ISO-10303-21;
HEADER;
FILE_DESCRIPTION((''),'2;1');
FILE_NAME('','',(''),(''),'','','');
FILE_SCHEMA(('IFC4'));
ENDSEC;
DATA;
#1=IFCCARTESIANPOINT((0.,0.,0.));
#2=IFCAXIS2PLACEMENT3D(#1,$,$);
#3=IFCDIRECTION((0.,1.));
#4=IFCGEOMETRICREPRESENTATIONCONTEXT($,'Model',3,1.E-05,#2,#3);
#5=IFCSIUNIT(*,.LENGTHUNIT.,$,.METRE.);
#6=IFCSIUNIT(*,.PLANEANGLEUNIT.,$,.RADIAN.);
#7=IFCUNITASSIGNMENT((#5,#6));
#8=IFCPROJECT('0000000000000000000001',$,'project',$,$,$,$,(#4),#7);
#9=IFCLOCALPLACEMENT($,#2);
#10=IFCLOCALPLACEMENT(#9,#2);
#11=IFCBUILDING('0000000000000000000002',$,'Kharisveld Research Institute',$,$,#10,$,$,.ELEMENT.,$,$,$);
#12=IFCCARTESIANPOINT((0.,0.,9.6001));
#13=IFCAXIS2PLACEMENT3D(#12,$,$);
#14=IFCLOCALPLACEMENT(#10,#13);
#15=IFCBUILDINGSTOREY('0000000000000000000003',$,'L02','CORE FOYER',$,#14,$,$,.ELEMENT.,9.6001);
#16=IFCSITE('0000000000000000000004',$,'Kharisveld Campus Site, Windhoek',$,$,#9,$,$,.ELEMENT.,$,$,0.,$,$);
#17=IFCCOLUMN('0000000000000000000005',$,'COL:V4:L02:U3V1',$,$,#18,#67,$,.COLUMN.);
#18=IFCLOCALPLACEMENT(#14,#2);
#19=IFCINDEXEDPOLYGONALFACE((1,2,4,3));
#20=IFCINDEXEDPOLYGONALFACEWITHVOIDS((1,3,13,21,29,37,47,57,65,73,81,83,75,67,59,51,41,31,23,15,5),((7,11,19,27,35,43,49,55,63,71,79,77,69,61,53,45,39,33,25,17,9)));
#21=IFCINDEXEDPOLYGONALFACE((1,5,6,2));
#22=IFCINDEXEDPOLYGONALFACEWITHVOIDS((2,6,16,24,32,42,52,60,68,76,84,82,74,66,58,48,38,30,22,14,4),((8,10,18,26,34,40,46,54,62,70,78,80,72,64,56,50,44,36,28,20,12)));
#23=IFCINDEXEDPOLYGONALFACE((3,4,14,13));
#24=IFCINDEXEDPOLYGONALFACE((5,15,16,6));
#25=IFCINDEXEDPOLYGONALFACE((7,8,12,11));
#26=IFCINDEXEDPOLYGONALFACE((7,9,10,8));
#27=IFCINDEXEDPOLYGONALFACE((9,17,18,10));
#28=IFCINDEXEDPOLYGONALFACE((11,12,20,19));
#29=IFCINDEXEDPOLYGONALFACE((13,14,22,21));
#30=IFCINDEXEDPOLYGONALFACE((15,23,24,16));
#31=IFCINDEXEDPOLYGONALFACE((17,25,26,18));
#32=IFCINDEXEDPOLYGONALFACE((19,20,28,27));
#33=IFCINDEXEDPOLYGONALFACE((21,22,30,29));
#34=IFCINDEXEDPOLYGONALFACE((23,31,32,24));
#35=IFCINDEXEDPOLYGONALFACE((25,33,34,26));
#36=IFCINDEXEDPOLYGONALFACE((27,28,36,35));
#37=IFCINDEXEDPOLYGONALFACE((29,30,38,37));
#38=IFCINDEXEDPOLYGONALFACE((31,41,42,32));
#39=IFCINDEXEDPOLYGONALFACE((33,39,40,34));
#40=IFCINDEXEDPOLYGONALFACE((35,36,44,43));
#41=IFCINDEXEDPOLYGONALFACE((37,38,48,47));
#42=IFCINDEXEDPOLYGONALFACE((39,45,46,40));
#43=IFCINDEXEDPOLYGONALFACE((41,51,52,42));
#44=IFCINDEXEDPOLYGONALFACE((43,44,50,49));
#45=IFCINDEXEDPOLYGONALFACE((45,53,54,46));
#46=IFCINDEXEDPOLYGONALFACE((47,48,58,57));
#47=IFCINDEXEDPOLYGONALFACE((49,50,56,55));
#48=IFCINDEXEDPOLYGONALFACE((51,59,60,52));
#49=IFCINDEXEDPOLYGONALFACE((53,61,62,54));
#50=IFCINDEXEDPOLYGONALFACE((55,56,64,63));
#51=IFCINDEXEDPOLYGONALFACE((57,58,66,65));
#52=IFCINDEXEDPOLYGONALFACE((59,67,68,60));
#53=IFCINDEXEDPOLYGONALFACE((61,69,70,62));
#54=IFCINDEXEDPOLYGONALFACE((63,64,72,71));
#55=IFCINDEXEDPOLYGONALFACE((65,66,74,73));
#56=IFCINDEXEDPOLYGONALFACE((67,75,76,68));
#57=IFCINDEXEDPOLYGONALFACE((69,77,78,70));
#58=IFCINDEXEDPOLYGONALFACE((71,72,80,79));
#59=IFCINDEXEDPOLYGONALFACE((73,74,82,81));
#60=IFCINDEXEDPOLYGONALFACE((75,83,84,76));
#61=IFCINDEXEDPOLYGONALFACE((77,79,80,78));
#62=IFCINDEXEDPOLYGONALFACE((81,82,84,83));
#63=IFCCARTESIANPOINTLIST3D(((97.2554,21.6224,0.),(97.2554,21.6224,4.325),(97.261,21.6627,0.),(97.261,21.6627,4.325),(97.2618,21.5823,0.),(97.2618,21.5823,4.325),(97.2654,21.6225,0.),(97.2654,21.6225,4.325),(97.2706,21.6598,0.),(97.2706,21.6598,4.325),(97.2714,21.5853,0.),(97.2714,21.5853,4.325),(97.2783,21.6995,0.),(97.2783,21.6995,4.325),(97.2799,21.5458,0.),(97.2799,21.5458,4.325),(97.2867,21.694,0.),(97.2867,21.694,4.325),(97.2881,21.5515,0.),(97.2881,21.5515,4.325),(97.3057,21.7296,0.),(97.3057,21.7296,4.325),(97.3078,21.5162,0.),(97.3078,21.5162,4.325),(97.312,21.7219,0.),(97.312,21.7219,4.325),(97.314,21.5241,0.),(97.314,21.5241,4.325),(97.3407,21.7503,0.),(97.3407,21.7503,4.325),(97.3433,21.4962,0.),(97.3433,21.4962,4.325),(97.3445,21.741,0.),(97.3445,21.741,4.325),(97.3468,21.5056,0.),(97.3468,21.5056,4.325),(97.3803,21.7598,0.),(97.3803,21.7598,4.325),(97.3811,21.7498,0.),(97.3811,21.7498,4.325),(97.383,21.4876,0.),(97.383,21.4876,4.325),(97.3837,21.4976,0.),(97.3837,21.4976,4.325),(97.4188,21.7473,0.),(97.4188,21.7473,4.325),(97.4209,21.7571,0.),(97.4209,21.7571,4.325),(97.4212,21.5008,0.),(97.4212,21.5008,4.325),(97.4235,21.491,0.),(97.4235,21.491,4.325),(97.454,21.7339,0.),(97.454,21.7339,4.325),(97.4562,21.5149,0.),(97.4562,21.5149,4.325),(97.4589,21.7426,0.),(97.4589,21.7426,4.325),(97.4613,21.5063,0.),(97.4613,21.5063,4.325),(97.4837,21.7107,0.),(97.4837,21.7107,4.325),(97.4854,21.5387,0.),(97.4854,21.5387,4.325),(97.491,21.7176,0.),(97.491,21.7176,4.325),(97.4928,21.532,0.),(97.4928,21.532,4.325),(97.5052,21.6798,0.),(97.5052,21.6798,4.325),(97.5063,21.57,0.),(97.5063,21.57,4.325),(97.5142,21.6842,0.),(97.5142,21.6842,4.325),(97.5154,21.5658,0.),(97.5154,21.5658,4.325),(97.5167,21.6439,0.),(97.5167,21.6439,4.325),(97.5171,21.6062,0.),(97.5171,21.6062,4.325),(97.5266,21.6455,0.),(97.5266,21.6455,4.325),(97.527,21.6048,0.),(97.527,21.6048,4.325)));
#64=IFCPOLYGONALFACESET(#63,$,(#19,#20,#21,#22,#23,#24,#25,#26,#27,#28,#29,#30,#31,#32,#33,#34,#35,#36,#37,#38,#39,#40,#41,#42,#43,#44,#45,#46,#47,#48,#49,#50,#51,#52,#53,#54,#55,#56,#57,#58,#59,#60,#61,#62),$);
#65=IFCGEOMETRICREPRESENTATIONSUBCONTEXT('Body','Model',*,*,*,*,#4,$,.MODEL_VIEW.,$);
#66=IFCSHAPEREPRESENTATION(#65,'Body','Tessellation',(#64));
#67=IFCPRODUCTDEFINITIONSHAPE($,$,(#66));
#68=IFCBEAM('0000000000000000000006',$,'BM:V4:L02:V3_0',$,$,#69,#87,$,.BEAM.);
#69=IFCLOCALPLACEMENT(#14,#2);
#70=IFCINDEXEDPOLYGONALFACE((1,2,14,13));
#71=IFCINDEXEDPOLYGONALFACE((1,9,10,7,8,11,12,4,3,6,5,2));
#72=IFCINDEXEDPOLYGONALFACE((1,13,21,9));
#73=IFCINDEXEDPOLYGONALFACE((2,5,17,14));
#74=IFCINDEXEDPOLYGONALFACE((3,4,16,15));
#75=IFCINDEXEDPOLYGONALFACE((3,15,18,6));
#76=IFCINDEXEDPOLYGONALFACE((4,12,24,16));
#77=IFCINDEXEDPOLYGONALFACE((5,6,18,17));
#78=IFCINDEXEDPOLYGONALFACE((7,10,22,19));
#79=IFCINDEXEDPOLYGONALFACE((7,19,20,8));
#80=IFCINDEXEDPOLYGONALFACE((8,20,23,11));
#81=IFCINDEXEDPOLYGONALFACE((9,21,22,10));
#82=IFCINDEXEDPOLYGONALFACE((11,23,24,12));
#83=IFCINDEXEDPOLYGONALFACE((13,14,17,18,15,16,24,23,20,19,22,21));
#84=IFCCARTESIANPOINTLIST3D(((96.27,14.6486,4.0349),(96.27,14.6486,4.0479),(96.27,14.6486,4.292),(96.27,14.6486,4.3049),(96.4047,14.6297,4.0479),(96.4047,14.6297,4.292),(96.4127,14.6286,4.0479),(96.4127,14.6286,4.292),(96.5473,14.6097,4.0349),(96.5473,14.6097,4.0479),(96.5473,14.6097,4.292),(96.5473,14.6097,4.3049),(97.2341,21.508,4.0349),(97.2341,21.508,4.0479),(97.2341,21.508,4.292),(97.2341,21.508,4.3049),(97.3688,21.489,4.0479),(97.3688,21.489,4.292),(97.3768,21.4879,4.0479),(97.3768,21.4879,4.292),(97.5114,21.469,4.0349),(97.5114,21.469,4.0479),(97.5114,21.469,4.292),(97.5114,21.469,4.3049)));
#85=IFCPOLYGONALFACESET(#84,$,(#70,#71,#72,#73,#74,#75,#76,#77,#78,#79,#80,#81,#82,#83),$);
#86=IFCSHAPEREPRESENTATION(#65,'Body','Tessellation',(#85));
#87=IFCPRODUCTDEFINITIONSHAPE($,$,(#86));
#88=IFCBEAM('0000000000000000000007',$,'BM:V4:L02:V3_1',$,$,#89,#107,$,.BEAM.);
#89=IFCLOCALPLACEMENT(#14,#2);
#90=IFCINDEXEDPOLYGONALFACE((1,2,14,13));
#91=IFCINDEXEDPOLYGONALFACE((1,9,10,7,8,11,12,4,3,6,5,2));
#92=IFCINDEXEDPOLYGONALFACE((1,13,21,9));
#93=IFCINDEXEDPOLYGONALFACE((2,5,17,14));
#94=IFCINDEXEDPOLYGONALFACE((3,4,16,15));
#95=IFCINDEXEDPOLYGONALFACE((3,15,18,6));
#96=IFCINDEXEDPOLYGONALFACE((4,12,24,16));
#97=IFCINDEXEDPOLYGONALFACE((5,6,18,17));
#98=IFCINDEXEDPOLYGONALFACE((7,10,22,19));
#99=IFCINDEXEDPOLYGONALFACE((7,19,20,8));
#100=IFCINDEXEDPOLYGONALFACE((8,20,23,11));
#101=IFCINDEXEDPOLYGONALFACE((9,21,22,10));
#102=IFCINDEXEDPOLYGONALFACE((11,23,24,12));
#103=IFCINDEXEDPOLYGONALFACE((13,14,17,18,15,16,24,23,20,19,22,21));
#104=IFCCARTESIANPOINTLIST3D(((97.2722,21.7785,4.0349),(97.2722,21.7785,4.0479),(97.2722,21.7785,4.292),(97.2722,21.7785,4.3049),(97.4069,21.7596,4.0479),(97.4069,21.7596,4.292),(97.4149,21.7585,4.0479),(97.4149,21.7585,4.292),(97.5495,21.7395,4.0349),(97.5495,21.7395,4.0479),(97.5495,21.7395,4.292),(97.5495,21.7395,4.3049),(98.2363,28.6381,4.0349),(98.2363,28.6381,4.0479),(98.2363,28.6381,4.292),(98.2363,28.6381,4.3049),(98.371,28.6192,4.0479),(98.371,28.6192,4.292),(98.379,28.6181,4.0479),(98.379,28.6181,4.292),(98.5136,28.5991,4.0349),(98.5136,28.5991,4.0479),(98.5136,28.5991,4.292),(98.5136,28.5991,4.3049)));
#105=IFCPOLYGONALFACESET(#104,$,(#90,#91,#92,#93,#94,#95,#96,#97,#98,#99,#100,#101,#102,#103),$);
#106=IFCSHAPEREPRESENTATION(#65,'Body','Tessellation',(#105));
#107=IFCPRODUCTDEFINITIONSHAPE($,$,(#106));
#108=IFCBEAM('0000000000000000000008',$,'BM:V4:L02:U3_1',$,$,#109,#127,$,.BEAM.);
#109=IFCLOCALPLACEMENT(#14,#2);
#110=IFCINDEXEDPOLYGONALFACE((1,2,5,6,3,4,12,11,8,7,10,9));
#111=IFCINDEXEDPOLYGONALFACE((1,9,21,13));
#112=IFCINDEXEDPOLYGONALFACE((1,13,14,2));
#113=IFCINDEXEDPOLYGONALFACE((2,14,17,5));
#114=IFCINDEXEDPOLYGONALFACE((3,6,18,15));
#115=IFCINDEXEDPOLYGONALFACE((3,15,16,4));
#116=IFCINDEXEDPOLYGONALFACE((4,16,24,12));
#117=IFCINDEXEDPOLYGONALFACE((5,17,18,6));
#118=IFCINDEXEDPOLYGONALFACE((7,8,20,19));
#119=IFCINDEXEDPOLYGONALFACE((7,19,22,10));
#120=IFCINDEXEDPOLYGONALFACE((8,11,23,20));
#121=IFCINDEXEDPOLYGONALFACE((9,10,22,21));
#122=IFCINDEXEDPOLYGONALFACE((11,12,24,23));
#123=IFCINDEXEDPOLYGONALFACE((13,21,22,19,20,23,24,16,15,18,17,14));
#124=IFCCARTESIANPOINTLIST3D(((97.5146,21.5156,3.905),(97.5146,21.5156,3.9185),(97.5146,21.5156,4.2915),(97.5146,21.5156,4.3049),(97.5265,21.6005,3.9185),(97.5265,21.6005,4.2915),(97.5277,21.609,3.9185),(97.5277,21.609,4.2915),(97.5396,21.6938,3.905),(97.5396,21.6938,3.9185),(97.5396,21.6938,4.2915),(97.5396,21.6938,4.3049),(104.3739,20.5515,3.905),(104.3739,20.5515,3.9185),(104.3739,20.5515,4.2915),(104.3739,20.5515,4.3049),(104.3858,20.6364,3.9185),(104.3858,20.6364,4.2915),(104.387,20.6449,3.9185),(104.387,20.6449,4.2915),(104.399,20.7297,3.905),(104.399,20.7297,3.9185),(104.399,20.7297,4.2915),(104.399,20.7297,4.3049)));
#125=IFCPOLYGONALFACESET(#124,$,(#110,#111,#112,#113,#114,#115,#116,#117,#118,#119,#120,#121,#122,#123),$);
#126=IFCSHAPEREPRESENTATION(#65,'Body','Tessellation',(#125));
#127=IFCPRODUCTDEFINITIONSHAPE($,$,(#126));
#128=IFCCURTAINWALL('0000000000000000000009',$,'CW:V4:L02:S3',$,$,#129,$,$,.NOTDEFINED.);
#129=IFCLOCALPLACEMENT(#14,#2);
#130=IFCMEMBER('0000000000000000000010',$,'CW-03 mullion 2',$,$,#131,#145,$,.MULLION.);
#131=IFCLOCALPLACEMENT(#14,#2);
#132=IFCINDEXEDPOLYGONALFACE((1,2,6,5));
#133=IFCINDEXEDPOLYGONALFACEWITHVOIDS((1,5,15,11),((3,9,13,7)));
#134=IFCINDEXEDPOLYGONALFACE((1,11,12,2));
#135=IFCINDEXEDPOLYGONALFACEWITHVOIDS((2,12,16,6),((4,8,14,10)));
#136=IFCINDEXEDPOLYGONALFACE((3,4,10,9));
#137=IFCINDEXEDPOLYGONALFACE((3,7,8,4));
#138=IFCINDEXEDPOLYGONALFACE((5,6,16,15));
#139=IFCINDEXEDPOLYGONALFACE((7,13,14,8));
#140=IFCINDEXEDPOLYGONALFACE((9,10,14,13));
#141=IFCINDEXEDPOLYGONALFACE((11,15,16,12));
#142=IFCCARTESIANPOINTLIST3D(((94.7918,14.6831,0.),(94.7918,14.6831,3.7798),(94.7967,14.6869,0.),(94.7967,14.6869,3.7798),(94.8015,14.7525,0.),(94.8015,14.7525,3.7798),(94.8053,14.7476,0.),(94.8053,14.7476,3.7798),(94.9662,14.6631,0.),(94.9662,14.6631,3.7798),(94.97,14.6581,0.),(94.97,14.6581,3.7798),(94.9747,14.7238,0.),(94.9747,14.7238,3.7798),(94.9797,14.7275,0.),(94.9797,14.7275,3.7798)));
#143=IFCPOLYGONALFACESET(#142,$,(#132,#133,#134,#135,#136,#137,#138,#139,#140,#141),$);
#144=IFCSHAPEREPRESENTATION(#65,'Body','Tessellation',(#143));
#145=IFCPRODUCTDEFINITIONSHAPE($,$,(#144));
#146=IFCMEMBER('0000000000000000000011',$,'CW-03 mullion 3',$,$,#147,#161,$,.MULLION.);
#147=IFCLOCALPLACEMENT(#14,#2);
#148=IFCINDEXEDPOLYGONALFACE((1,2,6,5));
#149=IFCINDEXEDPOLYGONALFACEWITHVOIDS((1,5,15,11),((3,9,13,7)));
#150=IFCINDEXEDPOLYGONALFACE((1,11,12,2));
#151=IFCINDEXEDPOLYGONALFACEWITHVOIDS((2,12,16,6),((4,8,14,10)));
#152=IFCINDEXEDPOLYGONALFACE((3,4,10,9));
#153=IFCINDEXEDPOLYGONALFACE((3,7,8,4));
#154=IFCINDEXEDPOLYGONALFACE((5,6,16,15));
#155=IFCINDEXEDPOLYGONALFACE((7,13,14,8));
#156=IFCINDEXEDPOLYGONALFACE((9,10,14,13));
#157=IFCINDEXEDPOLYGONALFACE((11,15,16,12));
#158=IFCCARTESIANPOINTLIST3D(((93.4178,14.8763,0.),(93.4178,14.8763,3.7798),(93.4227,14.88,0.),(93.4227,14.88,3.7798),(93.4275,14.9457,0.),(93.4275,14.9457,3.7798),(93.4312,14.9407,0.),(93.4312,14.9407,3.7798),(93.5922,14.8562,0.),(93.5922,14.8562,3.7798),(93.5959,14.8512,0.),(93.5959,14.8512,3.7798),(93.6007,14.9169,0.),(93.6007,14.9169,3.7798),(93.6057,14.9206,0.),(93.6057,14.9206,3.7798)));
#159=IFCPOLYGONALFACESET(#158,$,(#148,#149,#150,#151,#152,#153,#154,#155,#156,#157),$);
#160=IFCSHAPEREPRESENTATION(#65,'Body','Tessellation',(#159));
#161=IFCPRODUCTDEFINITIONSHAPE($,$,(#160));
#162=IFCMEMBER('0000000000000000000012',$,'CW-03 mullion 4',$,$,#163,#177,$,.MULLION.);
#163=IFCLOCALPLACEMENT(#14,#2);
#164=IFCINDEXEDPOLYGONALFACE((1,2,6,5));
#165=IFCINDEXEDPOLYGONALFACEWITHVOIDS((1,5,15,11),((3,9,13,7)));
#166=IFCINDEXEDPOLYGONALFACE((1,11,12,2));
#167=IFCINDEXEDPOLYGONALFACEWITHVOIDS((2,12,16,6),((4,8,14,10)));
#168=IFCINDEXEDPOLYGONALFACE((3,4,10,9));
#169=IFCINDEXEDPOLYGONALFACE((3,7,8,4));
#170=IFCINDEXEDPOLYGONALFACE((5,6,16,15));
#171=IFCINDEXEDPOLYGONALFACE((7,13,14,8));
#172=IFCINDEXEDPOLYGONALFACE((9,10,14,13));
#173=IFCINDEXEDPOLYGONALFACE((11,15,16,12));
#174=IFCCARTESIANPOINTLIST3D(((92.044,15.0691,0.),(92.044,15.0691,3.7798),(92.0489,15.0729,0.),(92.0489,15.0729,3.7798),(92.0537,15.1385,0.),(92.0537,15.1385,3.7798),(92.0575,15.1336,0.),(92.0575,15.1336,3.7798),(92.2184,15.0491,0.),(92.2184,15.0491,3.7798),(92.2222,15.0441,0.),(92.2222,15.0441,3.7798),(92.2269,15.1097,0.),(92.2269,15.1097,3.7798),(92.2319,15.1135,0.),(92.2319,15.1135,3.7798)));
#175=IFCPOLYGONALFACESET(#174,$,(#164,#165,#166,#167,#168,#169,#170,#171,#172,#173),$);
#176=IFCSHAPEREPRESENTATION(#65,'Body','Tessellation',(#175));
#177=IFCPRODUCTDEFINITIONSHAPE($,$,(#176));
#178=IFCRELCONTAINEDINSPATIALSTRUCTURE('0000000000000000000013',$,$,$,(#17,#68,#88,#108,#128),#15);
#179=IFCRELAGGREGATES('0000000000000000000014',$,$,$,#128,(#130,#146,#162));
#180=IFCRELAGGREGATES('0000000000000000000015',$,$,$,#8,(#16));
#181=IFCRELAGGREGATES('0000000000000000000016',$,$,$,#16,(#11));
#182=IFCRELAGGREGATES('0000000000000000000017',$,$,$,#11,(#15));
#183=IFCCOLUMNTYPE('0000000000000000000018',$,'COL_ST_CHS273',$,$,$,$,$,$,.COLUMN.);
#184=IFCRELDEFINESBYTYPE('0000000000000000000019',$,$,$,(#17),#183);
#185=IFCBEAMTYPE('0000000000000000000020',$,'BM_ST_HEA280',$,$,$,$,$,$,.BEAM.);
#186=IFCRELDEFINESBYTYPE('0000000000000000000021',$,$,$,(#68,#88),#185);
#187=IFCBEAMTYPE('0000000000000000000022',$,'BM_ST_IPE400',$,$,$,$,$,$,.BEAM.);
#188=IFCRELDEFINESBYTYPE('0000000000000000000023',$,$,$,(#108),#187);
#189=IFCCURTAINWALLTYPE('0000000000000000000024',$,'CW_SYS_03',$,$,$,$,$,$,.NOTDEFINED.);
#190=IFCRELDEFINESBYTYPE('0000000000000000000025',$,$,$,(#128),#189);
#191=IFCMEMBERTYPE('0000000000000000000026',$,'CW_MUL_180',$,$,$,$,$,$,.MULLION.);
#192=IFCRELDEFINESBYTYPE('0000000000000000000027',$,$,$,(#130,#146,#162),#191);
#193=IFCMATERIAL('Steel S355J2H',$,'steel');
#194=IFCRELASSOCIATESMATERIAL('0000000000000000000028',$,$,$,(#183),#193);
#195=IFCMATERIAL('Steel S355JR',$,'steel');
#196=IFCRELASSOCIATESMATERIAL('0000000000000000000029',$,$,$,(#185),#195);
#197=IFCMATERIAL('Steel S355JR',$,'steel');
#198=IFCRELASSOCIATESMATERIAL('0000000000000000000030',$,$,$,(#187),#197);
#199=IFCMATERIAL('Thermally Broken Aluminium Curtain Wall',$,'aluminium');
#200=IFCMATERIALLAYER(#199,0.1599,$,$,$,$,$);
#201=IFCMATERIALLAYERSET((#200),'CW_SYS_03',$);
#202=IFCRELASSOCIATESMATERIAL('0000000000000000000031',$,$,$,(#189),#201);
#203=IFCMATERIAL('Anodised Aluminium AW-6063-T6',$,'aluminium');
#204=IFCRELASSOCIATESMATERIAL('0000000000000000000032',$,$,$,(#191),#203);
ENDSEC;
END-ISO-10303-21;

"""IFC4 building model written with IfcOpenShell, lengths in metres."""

from ifc_helpers import new_model, si_unit, direction, frame, origin, origin_2d, place, context, subcontext, project, spatial, hollow_rectangle, hollow_circle, i_section, extrude, material, layer, layer_set, material_profile, profile_set, type_object, element, aggregate, save


model = new_model("IFC4")

# Units and contexts
model_context = context("Model", 3, precision=1e-05, world=origin(), true_north=direction((0.0, 1.0)))
body_context = subcontext(model_context, "Body", "Model", "MODEL_VIEW")
ifc_project = project(units=[si_unit("LENGTHUNIT", "METRE"), si_unit("PLANEANGLEUNIT", "RADIAN")], contexts=[model_context])

# Site, building, storey
site_placement = place(None, origin())
site = spatial("IfcSite", under=ifc_project, at=site_placement, Name="Kharisveld Campus Site, Windhoek", CompositionType="ELEMENT", RefElevation=0.0)
building_placement = place(site_placement, origin())
building = spatial("IfcBuilding", under=site, at=building_placement, Name="Kharisveld Research Institute", CompositionType="ELEMENT")
storey_placement = place(building_placement, frame((0.0, 0.0, 9.6001)))
storey = spatial("IfcBuildingStorey", under=building, at=storey_placement, Name="L02", Description="CORE FOYER", CompositionType="ELEMENT", Elevation=9.6001)

# Column
ifc_material_1 = material(Name="Steel S355J2H", Category="steel")
ifc_material_profile_1 = material_profile(ifc_material_1, hollow_circle(Radius=0.1365, WallThickness=0.01, at=origin_2d()))
ifc_profile_set_1 = profile_set([ifc_material_profile_1], Name="Steel S355J2H")
column_type = type_object("IfcColumnType", Name="COL_ST_CHS273", PredefinedType="COLUMN", material=ifc_profile_set_1)
column_placement = place(storey_placement, frame((97.3918, 21.6238, 0.0), z_axis=(0.0, 0.0, 1.0), x_axis=(0.990268, -0.139173, 0.0)))
element("IfcColumn", 1, at=column_placement, inside=storey, type_object=column_type, Name="COL:V4:L02:U3V1", PredefinedType="COLUMN", context=body_context, shape_type="SweptSolid", body=[
    extrude(hollow_circle(Radius=0.1365, WallThickness=0.01, at=origin_2d()), origin(), (0.0, 0.0, 1.0), 4.325),
])

# Beams
ifc_material_2 = material(Name="Steel S355JR", Category="steel")
ifc_material_profile_2 = material_profile(ifc_material_2, i_section(OverallWidth=0.28, OverallDepth=0.27, WebThickness=0.0081, FlangeThickness=0.0129, at=origin_2d()))
ifc_profile_set_2 = profile_set([ifc_material_profile_2], Name="Steel S355JR")
beam_type_1 = type_object("IfcBeamType", Name="BM_ST_HEA280", PredefinedType="BEAM", material=ifc_profile_set_2)
beam_1_placement = place(storey_placement, frame((96.4087, 14.6292, 4.1699), z_axis=(0.139186, 0.990266, 0.0), x_axis=(-0.990266, 0.139186, 0.0)))
element("IfcBeam", 2, at=beam_1_placement, inside=storey, type_object=beam_type_1, Name="BM:V4:L02:V3_0", PredefinedType="BEAM", context=body_context, shape_type="SweptSolid", body=[
    extrude(i_section(OverallWidth=0.28, OverallDepth=0.27, WebThickness=0.0081, FlangeThickness=0.0129, at=origin_2d()), origin(), (0.0, 0.0, 1.0), 6.9268),
])
beam_2_placement = place(storey_placement, frame((97.4109, 21.759, 4.1699), z_axis=(0.139181, 0.990267, 0.0), x_axis=(-0.990267, 0.139181, 0.0)))
element("IfcBeam", 3, at=beam_2_placement, inside=storey, type_object=beam_type_1, Name="BM:V4:L02:V3_1", PredefinedType="BEAM", context=body_context, shape_type="SweptSolid", body=[
    extrude(i_section(OverallWidth=0.28, OverallDepth=0.27, WebThickness=0.0081, FlangeThickness=0.0129, at=origin_2d()), origin(), (0.0, 0.0, 1.0), 6.927),
])
ifc_material_3 = material(Name="Steel S355JR", Category="steel")
ifc_material_profile_3 = material_profile(ifc_material_3, i_section(OverallWidth=0.1799, OverallDepth=0.3999, WebThickness=0.0085, FlangeThickness=0.0134, at=origin_2d()))
ifc_profile_set_3 = profile_set([ifc_material_profile_3], Name="Steel S355JR")
beam_type_2 = type_object("IfcBeamType", Name="BM_ST_IPE400", PredefinedType="BEAM", material=ifc_profile_set_3)
beam_3_placement = place(storey_placement, frame((97.5271, 21.6047, 4.105), z_axis=(0.990266, -0.139186, 0.0), x_axis=(0.139186, 0.990266, 0.0)))
element("IfcBeam", 4, at=beam_3_placement, inside=storey, type_object=beam_type_2, Name="BM:V4:L02:U3_1", PredefinedType="BEAM", context=body_context, shape_type="SweptSolid", body=[
    extrude(i_section(OverallWidth=0.1799, OverallDepth=0.3999, WebThickness=0.0085, FlangeThickness=0.0134, at=origin_2d()), origin(), (0.0, 0.0, 1.0), 6.9268),
])

# Curtain wall, members
ifc_material_4 = material(Name="Thermally Broken Aluminium Curtain Wall", Category="aluminium")
ifc_layer_1 = layer(ifc_material_4, 0.1599)
ifc_layer_set_1 = layer_set([ifc_layer_1], Name="CW_SYS_03")
curtain_wall_type = type_object("IfcCurtainWallType", Name="CW_SYS_03", PredefinedType="NOTDEFINED", material=ifc_layer_set_1)
curtain_wall_placement = place(storey_placement, origin())
curtain_wall = element("IfcCurtainWall", 5, at=curtain_wall_placement, inside=storey, type_object=curtain_wall_type, Name="CW:V4:L02:S3", PredefinedType="NOTDEFINED")
ifc_material_5 = material(Name="Anodised Aluminium AW-6063-T6", Category="aluminium")
ifc_material_profile_4 = material_profile(ifc_material_5, hollow_rectangle(XDim=0.0701, YDim=0.1799, WallThickness=0.0044, at=origin_2d()))
ifc_profile_set_4 = profile_set([ifc_material_profile_4], Name="Anodised Aluminium AW-6063-T6")
member_type_1 = type_object("IfcMemberType", Name="CW_MUL_180", PredefinedType="MULLION", material=ifc_profile_set_4)
member_1_placement = place(storey_placement, frame((94.8857, 14.7053, 0.0), z_axis=(0.0, 0.0, 1.0), x_axis=(-0.139173, -0.990268, 0.0)))
member_1 = element("IfcMember", 6, at=member_1_placement, type_object=member_type_1, Name="CW-03 mullion 2", PredefinedType="MULLION", context=body_context, shape_type="SweptSolid", body=[
    extrude(hollow_rectangle(XDim=0.0701, YDim=0.1799, WallThickness=0.0044, at=origin_2d()), origin(), (0.0, 0.0, 1.0), 3.7798),
])
member_2_placement = place(storey_placement, frame((93.5117, 14.8984, 0.0), z_axis=(0.0, 0.0, 1.0), x_axis=(-0.139173, -0.990268, 0.0)))
member_2 = element("IfcMember", 7, at=member_2_placement, type_object=member_type_1, Name="CW-03 mullion 3", PredefinedType="MULLION", context=body_context, shape_type="SweptSolid", body=[
    extrude(hollow_rectangle(XDim=0.0701, YDim=0.1799, WallThickness=0.0044, at=origin_2d()), origin(), (0.0, 0.0, 1.0), 3.7798),
])
member_3_placement = place(storey_placement, frame((92.1379, 15.0913, 0.0), z_axis=(0.0, 0.0, 1.0), x_axis=(-0.139173, -0.990268, 0.0)))
member_3 = element("IfcMember", 8, at=member_3_placement, type_object=member_type_1, Name="CW-03 mullion 4", PredefinedType="MULLION", context=body_context, shape_type="SweptSolid", body=[
    extrude(hollow_rectangle(XDim=0.0701, YDim=0.1799, WallThickness=0.0044, at=origin_2d()), origin(), (0.0, 0.0, 1.0), 3.7798),
])

aggregate(curtain_wall, [member_1, member_2, member_3])

save(model, "model.ifc")
